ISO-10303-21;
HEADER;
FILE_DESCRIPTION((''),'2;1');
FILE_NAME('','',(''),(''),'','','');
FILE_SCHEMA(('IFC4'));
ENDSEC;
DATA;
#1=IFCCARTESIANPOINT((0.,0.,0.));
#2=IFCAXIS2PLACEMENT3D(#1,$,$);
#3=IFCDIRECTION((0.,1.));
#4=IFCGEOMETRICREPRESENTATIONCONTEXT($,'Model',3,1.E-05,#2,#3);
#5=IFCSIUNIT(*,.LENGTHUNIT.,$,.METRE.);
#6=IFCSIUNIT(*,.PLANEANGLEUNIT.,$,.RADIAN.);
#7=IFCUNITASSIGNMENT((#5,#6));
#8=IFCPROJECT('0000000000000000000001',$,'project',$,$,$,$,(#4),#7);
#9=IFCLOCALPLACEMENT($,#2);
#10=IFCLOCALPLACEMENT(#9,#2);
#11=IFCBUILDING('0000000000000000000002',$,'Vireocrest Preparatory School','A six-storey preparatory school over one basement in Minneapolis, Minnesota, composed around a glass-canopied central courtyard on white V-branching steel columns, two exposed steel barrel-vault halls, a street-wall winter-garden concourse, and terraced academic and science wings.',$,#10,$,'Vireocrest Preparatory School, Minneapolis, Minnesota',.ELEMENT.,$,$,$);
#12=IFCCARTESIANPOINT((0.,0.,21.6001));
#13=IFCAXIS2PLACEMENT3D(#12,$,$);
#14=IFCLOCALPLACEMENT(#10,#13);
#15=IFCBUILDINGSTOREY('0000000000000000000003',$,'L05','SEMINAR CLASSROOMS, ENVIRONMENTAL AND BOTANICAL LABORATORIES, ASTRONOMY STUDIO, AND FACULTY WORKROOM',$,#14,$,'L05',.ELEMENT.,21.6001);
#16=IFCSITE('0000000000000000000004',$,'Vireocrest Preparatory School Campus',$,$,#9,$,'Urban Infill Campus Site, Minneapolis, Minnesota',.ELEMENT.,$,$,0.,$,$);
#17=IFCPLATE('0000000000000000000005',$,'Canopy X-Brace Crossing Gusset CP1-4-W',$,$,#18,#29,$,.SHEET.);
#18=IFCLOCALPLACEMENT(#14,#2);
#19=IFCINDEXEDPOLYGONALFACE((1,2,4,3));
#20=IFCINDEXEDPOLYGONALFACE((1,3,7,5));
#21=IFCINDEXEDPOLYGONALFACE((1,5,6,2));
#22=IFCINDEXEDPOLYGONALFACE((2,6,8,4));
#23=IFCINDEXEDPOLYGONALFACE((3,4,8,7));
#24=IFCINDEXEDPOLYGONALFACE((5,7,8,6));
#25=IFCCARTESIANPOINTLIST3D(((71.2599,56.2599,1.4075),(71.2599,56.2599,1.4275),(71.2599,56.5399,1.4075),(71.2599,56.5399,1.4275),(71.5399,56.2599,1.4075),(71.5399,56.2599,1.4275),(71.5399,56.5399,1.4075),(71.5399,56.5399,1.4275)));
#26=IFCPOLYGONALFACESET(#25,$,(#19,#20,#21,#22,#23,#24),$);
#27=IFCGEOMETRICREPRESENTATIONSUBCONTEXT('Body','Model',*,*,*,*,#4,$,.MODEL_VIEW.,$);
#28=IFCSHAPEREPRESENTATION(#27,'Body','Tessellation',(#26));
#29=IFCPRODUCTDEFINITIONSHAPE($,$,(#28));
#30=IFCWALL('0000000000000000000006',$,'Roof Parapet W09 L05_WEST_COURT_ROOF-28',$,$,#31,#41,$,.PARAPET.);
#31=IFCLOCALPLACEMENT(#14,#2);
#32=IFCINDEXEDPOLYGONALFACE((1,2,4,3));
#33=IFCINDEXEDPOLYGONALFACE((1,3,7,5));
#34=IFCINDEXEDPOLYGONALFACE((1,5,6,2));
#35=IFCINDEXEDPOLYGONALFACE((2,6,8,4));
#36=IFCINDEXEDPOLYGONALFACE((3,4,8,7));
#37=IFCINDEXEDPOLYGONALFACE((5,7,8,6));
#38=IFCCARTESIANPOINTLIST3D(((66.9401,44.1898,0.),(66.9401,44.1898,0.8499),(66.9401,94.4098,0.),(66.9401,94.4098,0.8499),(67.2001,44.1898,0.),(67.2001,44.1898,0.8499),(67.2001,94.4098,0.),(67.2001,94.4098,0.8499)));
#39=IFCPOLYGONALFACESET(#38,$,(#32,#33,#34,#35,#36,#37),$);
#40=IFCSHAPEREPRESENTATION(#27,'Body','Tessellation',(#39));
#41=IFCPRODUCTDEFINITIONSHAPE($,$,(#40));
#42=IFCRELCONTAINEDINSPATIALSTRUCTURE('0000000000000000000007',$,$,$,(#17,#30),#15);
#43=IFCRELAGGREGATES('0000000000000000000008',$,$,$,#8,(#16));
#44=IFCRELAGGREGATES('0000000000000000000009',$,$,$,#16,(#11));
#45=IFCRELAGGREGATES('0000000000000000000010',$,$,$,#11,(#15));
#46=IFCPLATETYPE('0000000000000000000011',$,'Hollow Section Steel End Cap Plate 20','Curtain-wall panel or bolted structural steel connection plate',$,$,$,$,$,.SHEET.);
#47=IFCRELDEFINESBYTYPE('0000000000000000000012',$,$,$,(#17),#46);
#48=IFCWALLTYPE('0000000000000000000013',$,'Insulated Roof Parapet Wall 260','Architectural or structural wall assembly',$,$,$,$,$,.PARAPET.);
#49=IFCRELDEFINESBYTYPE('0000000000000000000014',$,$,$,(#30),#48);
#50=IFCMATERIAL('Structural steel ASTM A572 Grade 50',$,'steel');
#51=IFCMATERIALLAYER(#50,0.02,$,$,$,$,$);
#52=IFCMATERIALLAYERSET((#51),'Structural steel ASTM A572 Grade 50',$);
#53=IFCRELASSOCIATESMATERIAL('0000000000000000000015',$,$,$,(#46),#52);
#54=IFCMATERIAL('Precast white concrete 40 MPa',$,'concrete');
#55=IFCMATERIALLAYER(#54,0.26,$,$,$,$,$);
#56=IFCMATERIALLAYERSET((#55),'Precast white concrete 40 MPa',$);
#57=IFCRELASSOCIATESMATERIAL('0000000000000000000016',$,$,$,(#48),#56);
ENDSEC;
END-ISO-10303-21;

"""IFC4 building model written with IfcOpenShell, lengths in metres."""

from ifc_helpers import new_model, si_unit, direction, frame, frame_2d, origin, origin_2d, place, context, subcontext, project, spatial, rectangle, extrude, material, layer, layer_set, type_object, element, save


model = new_model("IFC4")

# Units and contexts
model_context = context("Model", 3, precision=1e-05, world=origin(), true_north=direction((0.0, 1.0)))
body_context = subcontext(model_context, "Body", "Model", "MODEL_VIEW")
ifc_project = project(units=[si_unit("LENGTHUNIT", "METRE"), si_unit("PLANEANGLEUNIT", "RADIAN")], contexts=[model_context])

# Site, building, storey
site_placement = place(None, origin())
site = spatial("IfcSite", under=ifc_project, at=site_placement, Name="Vireocrest Preparatory School Campus", LongName="Urban Infill Campus Site, Minneapolis, Minnesota", CompositionType="ELEMENT", RefElevation=0.0)
building_placement = place(site_placement, origin())
building = spatial("IfcBuilding", under=site, at=building_placement, Name="Vireocrest Preparatory School", Description="A six-storey preparatory school over one basement in Minneapolis, Minnesota, composed around a glass-canopied central courtyard on white V-branching steel columns, two exposed steel barrel-vault halls, a street-wall winter-garden concourse, and terraced academic and science wings.", LongName="Vireocrest Preparatory School, Minneapolis, Minnesota", CompositionType="ELEMENT")
storey_placement = place(building_placement, frame((0.0, 0.0, 21.6001)))
storey = spatial("IfcBuildingStorey", under=building, at=storey_placement, Name="L05", Description="SEMINAR CLASSROOMS, ENVIRONMENTAL AND BOTANICAL LABORATORIES, ASTRONOMY STUDIO, AND FACULTY WORKROOM", LongName="L05", CompositionType="ELEMENT", Elevation=21.6001)

# Plate
ifc_material_1 = material(Name="Structural steel ASTM A572 Grade 50", Category="steel")
ifc_layer_1 = layer(ifc_material_1, 0.02)
ifc_layer_set_1 = layer_set([ifc_layer_1], Name="Structural steel ASTM A572 Grade 50")
plate_type_1 = type_object("IfcPlateType", Name="Hollow Section Steel End Cap Plate 20", Description="Curtain-wall panel or bolted structural steel connection plate", PredefinedType="SHEET", material=ifc_layer_set_1)
plate_1_placement = place(storey_placement, frame((71.3999, 56.3999, 1.4075), z_axis=(0.0, 0.0, 1.0), x_axis=(1.0, 0.0, 0.0)))
element("IfcPlate", 1, at=plate_1_placement, inside=storey, type_object=plate_type_1, Name="Canopy X-Brace Crossing Gusset CP1-4-W", PredefinedType="SHEET", context=body_context, shape_type="SweptSolid", body=[
    extrude(rectangle(XDim=0.28, YDim=0.28, at=origin_2d()), origin(), (0.0, 0.0, 1.0), 0.02),
])

# Wall
ifc_material_2 = material(Name="Precast white concrete 40 MPa", Category="concrete")
ifc_layer_2 = layer(ifc_material_2, 0.26)
ifc_layer_set_2 = layer_set([ifc_layer_2], Name="Precast white concrete 40 MPa")
wall_type = type_object("IfcWallType", Name="Insulated Roof Parapet Wall 260", Description="Architectural or structural wall assembly", PredefinedType="PARAPET", material=ifc_layer_set_2)
wall_placement = place(storey_placement, frame((67.0701, 44.1899, 0.0), z_axis=(0.0, 0.0, 1.0), x_axis=(0.0, 1.0, 0.0)))
element("IfcWall", 2, at=wall_placement, inside=storey, type_object=wall_type, Name="Roof Parapet W09 L05_WEST_COURT_ROOF-28", PredefinedType="PARAPET", context=body_context, shape_type="SweptSolid", body=[
    extrude(rectangle(XDim=50.22, YDim=0.26, at=frame_2d((25.1099, 0.0))), origin(), (0.0, 0.0, 1.0), 0.8499),
])

save(model, "model.ifc")
